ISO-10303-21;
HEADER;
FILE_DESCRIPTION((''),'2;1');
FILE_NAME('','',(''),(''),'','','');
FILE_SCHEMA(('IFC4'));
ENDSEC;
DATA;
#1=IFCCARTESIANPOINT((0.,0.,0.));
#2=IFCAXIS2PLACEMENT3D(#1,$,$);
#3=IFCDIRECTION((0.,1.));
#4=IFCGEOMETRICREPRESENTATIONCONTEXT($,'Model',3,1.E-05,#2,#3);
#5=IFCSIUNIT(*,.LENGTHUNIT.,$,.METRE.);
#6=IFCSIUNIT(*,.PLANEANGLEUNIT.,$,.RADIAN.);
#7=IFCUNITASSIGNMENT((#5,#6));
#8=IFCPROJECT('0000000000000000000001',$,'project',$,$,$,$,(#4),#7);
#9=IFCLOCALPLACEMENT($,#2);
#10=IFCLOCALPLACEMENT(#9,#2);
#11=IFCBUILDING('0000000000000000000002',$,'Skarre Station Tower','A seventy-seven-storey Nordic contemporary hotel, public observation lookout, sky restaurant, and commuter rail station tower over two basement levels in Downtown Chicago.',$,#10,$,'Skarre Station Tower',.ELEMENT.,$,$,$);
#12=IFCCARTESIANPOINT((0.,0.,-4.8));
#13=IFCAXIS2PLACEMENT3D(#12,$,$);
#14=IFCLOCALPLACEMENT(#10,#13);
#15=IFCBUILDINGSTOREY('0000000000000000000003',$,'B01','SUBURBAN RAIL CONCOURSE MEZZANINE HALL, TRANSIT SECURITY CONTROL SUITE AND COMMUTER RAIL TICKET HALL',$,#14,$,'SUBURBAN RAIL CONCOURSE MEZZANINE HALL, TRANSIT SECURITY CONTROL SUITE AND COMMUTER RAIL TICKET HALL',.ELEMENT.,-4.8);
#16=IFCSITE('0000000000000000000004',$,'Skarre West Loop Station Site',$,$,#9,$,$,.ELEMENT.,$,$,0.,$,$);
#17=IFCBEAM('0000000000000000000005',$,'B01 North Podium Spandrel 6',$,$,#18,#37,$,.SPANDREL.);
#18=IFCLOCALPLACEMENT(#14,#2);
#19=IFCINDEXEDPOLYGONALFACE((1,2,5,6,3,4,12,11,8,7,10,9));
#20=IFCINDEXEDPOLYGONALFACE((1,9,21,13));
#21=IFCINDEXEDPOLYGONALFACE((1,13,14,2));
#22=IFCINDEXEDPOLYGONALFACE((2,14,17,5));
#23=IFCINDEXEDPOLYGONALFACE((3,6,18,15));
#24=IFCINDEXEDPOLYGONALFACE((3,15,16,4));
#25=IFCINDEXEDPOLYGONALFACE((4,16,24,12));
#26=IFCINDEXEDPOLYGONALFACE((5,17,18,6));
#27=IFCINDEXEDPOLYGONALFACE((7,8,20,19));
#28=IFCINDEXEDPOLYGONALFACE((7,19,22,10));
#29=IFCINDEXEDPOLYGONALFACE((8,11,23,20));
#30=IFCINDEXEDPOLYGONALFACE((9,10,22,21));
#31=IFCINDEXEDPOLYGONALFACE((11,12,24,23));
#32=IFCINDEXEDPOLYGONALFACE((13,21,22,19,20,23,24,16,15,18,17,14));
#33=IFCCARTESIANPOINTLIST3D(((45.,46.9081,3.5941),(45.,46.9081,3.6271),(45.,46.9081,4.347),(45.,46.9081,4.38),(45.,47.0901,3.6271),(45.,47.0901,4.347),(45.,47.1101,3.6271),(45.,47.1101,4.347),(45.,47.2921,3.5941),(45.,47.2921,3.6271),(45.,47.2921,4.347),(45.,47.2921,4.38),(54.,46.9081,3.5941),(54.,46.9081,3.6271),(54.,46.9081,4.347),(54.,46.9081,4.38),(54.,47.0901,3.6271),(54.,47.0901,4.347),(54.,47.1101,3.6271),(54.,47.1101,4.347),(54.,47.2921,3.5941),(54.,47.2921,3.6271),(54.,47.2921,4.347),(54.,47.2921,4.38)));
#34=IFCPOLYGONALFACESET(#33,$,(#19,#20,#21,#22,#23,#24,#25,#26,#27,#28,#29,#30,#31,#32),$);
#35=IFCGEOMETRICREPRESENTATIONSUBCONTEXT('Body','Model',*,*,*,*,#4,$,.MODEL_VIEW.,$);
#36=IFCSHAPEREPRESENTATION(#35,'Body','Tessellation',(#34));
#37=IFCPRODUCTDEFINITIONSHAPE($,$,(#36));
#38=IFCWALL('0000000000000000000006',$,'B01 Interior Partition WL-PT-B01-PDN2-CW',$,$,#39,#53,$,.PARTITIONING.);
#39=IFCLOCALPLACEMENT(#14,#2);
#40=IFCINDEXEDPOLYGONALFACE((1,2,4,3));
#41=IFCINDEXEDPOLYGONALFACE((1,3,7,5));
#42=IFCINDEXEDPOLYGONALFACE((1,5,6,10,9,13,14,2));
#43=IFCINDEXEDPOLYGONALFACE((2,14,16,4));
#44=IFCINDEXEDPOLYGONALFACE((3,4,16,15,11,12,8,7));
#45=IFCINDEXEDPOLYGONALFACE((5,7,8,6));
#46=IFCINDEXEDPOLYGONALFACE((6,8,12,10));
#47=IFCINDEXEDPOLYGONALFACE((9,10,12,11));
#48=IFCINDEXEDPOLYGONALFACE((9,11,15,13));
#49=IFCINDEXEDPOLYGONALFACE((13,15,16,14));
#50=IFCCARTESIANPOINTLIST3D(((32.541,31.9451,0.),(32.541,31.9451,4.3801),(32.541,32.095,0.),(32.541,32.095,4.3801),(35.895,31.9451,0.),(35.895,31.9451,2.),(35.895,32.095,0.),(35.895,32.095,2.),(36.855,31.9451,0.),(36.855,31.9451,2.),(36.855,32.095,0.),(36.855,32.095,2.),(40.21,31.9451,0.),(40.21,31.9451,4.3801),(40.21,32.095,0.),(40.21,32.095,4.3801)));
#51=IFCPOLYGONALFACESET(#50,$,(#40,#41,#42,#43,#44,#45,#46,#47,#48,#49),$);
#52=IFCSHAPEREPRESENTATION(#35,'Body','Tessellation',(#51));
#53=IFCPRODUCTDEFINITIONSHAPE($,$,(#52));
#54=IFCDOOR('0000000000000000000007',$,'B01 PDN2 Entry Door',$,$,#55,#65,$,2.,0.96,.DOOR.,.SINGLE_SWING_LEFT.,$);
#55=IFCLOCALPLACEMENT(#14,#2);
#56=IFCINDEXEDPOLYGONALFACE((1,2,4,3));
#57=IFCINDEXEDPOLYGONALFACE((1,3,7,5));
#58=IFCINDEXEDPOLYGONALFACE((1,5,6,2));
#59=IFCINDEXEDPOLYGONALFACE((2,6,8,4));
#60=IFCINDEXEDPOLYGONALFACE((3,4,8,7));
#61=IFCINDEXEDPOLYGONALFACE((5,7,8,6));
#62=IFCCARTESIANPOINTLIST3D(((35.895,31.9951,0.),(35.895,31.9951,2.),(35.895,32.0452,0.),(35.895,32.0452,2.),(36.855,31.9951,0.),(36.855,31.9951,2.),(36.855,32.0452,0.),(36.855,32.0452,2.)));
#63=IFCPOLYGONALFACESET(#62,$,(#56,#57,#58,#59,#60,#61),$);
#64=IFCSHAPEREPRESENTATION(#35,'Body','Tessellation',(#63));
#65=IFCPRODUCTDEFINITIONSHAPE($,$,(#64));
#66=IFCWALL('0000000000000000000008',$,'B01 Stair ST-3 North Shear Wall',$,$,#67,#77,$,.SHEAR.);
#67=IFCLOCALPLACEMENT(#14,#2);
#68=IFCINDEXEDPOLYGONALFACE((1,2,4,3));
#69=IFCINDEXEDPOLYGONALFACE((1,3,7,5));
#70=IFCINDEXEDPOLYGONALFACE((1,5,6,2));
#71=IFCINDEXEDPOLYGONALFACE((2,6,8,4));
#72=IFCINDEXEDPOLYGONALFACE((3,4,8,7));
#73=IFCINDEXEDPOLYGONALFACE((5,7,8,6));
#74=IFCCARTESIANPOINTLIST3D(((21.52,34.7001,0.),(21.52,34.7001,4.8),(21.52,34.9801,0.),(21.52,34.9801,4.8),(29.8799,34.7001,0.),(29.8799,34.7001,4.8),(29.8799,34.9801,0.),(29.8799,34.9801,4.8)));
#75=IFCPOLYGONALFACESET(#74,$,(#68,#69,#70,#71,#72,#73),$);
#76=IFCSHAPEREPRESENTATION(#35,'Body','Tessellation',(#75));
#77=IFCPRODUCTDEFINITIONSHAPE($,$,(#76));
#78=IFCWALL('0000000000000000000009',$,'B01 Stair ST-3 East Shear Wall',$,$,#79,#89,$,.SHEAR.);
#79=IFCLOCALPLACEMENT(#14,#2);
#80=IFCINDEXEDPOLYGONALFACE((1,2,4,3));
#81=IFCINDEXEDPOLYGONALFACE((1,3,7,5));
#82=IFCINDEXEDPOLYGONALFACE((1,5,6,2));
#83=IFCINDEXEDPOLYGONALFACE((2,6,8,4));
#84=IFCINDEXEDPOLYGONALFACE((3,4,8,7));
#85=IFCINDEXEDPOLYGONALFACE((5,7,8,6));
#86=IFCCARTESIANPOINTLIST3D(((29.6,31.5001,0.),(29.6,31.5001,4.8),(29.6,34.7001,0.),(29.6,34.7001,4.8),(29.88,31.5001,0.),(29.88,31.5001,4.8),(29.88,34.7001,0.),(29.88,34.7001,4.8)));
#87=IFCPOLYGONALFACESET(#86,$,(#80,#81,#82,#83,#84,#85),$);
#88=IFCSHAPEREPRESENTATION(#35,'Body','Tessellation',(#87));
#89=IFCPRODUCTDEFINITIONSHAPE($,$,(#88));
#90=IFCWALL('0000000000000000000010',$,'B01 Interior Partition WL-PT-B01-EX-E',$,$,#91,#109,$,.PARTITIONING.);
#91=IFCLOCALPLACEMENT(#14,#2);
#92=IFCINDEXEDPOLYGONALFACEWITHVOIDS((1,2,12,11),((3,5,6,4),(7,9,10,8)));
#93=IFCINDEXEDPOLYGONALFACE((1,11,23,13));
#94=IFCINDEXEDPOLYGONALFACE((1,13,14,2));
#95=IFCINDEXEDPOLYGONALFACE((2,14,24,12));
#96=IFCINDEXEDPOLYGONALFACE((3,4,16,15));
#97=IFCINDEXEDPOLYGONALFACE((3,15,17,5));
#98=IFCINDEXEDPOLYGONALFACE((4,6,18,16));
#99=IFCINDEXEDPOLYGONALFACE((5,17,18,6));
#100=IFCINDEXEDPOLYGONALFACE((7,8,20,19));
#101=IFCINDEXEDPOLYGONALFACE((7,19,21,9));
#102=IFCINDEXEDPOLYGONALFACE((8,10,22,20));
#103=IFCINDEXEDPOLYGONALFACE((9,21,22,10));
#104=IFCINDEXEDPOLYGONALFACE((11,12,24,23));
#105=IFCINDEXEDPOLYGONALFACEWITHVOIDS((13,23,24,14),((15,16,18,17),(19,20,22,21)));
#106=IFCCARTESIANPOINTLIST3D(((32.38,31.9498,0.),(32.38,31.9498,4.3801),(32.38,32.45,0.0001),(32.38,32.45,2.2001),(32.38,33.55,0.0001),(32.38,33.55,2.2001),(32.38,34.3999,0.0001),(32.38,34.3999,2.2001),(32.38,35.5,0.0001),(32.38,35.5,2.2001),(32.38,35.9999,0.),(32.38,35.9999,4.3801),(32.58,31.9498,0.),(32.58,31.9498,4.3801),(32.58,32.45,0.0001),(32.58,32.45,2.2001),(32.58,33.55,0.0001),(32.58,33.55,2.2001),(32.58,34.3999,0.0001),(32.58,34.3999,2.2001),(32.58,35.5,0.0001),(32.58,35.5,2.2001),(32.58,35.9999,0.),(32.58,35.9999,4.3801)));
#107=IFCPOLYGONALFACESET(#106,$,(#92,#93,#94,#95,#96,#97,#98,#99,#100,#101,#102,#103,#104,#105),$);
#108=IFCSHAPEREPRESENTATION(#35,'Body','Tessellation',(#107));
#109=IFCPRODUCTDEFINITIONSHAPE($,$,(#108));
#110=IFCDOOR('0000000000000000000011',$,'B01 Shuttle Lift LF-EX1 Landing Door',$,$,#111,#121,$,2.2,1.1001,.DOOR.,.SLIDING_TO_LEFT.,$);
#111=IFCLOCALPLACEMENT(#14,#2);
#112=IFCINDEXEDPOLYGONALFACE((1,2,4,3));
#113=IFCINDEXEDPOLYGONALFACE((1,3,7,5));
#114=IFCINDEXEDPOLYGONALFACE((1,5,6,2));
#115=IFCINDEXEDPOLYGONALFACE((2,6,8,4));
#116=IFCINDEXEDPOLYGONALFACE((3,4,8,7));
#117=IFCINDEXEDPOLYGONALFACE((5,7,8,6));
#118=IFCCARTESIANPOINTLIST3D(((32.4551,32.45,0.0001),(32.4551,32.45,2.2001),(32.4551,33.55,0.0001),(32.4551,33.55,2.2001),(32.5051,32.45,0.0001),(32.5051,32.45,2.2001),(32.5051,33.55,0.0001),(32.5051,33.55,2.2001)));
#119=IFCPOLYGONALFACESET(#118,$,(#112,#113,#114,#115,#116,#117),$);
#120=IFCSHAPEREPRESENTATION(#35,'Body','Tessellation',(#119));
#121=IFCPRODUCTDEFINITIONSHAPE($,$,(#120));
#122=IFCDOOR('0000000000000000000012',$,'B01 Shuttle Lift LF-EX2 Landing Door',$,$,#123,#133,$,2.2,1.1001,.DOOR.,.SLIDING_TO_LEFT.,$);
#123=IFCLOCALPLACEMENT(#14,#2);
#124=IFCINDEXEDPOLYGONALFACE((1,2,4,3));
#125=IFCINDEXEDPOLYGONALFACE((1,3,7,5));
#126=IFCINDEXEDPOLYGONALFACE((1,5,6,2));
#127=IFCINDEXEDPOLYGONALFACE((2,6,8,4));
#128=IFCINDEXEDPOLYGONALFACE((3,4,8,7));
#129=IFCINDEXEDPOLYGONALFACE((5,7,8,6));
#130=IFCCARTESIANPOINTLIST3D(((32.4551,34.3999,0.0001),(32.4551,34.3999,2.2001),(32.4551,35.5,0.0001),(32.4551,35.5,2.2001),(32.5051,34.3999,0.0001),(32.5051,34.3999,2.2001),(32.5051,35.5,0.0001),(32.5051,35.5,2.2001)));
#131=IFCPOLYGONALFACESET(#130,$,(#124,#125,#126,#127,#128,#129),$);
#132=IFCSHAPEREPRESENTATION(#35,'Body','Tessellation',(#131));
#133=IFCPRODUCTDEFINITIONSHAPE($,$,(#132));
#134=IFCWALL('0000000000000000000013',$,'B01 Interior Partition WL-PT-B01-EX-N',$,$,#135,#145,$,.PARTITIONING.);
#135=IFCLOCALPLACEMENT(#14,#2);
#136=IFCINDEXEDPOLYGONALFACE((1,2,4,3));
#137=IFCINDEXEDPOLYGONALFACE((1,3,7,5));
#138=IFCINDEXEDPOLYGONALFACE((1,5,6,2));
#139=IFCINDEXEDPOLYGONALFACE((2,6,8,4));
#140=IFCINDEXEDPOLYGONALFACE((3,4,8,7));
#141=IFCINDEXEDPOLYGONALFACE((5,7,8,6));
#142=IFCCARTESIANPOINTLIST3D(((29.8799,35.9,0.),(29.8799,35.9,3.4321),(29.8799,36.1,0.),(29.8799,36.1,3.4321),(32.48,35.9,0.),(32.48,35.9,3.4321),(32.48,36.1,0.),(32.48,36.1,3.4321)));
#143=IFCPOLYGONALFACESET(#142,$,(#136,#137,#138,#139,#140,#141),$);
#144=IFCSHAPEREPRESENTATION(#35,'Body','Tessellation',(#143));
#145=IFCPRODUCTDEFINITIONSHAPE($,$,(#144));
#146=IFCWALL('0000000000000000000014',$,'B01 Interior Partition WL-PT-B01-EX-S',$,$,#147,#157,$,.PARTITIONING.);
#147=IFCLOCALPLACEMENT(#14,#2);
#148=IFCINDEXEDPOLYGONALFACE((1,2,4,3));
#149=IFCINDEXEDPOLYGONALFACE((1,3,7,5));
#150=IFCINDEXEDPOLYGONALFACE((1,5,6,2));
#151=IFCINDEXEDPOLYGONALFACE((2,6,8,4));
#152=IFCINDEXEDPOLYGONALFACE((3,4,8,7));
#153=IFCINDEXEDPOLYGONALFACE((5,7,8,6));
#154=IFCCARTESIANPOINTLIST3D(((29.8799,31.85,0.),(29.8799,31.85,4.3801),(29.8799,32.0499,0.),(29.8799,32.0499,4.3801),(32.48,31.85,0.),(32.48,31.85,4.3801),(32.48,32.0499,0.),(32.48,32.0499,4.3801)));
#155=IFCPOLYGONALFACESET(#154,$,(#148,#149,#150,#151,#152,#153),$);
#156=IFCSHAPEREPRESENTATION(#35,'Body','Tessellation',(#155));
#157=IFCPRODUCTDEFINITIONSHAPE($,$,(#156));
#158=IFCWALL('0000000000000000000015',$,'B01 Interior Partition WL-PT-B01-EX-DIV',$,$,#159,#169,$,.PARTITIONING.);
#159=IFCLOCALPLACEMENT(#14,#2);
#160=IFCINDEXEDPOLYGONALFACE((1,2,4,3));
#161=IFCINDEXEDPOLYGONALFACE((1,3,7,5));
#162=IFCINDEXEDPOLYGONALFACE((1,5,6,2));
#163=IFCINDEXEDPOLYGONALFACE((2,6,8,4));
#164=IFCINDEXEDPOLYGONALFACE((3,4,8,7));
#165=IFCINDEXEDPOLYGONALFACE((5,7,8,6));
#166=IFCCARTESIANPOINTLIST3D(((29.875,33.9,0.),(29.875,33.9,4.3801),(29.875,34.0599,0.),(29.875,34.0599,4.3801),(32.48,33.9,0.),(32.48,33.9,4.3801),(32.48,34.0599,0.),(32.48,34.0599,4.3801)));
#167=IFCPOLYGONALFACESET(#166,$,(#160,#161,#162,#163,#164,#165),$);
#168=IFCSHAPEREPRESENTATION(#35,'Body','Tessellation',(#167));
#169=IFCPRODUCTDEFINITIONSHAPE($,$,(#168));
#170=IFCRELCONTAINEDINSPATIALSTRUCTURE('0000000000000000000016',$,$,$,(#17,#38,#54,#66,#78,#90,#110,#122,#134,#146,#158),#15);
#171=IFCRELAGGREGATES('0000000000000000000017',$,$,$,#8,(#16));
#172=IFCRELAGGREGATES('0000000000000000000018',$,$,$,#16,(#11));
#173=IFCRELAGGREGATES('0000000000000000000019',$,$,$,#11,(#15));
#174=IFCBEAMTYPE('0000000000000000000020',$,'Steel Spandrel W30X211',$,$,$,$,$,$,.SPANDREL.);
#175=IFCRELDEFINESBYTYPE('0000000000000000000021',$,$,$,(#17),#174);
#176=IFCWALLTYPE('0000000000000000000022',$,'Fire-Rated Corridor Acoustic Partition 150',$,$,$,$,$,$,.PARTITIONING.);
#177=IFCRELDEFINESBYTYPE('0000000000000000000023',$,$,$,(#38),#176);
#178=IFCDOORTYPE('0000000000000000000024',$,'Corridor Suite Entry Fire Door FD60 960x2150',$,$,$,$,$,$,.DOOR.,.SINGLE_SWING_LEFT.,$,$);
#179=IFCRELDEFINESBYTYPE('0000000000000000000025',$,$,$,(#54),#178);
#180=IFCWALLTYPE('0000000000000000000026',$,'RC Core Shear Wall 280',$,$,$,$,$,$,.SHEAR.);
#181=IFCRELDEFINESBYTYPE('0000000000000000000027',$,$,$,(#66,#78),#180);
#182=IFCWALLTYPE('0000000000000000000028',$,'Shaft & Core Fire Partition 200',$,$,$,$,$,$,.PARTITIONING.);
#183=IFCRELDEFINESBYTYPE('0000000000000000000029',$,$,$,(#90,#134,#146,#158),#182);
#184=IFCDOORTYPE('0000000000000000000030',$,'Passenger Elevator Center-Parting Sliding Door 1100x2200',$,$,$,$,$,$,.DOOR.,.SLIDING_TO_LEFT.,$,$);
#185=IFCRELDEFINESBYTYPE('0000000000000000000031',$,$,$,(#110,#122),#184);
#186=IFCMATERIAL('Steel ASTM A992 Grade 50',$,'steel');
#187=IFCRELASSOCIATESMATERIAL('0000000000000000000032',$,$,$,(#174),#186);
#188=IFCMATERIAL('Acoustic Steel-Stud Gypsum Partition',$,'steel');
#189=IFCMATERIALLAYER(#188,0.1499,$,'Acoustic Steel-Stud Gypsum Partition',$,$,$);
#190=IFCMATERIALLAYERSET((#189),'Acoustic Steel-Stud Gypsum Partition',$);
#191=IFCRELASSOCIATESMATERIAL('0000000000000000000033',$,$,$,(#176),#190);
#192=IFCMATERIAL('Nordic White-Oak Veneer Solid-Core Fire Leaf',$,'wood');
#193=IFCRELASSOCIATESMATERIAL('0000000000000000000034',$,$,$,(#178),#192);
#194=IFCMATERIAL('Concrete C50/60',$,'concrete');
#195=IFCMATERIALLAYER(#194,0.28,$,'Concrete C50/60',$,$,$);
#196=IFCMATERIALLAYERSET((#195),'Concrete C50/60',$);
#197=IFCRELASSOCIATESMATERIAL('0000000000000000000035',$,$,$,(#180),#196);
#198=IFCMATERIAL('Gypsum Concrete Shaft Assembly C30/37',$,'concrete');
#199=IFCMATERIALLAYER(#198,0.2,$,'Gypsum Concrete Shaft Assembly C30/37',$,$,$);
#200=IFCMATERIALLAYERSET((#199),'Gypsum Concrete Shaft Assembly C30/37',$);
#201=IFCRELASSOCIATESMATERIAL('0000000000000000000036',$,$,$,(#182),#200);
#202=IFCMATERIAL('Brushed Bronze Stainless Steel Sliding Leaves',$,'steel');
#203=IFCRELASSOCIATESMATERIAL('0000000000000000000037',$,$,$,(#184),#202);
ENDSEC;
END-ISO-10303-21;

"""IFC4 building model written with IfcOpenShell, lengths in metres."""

from ifc_helpers import new_model, si_unit, direction, frame, frame_2d, origin, origin_2d, place, context, subcontext, project, spatial, rectangle, i_section, extrude, material, layer, layer_set, material_profile, profile_set, type_object, element, fill, save


model = new_model("IFC4")

# Units and contexts
model_context = context("Model", 3, precision=1e-05, world=origin(), true_north=direction((0.0, 1.0)))
body_context = subcontext(model_context, "Body", "Model", "MODEL_VIEW")
ifc_project = project(units=[si_unit("LENGTHUNIT", "METRE"), si_unit("PLANEANGLEUNIT", "RADIAN")], contexts=[model_context])

# Site, building, storey
site_placement = place(None, origin())
site = spatial("IfcSite", under=ifc_project, at=site_placement, Name="Skarre West Loop Station Site", CompositionType="ELEMENT", RefElevation=0.0)
building_placement = place(site_placement, origin())
building = spatial("IfcBuilding", under=site, at=building_placement, Name="Skarre Station Tower", Description="A seventy-seven-storey Nordic contemporary hotel, public observation lookout, sky restaurant, and commuter rail station tower over two basement levels in Downtown Chicago.", LongName="Skarre Station Tower", CompositionType="ELEMENT")
storey_placement = place(building_placement, frame((0.0, 0.0, -4.8)))
storey = spatial("IfcBuildingStorey", under=building, at=storey_placement, Name="B01", Description="SUBURBAN RAIL CONCOURSE MEZZANINE HALL, TRANSIT SECURITY CONTROL SUITE AND COMMUTER RAIL TICKET HALL", LongName="SUBURBAN RAIL CONCOURSE MEZZANINE HALL, TRANSIT SECURITY CONTROL SUITE AND COMMUTER RAIL TICKET HALL", CompositionType="ELEMENT", Elevation=-4.8)

# Beam
ifc_material_1 = material(Name="Steel ASTM A992 Grade 50", Category="steel")
ifc_material_profile_1 = material_profile(ifc_material_1, i_section(OverallWidth=0.384, OverallDepth=0.7859, WebThickness=0.02, FlangeThickness=0.033, at=origin_2d()), Name="Steel ASTM A992 Grade 50")
ifc_profile_set_1 = profile_set([ifc_material_profile_1], Name="Steel ASTM A992 Grade 50")
beam_type_1 = type_object("IfcBeamType", Name="Steel Spandrel W30X211", PredefinedType="SPANDREL", material=ifc_profile_set_1)
for number, where, z_axis, x_axis, name in (
    (1, (45.0, 47.1001, 3.9871), (1.0, 0.0, 0.0), (0.0, 1.0, 0.0), "B01 North Podium Spandrel 6"),
):
    element("IfcBeam", number, at=place(storey_placement, frame(where, z_axis=z_axis, x_axis=x_axis)), inside=storey, type_object=beam_type_1, Name=name, PredefinedType="SPANDREL", context=body_context, shape_type="SweptSolid", body=[
        extrude(i_section(OverallWidth=0.384, OverallDepth=0.7859, WebThickness=0.02, FlangeThickness=0.033, at=origin_2d()), origin(), (0.0, 0.0, 1.0), 9.0),
    ])

# Wall, opening, door
ifc_material_2 = material(Name="Acoustic Steel-Stud Gypsum Partition", Category="steel")
ifc_layer_1 = layer(ifc_material_2, 0.1499, Name="Acoustic Steel-Stud Gypsum Partition")
ifc_layer_set_1 = layer_set([ifc_layer_1], Name="Acoustic Steel-Stud Gypsum Partition")
wall_type_1 = type_object("IfcWallType", Name="Fire-Rated Corridor Acoustic Partition 150", PredefinedType="PARTITIONING", material=ifc_layer_set_1)
wall_1_placement = place(storey_placement, frame((40.21, 32.02, 0.0), z_axis=(0.0, 0.0, 1.0), x_axis=(-1.0, 0.0, 0.0)))
wall_1 = element("IfcWall", 2, at=wall_1_placement, inside=storey, type_object=wall_type_1, Name="B01 Interior Partition WL-PT-B01-PDN2-CW", PredefinedType="PARTITIONING", context=body_context, shape_type="SweptSolid", body=[
    extrude(rectangle(XDim=7.6689, YDim=0.1499, at=frame_2d((3.8345, 0.0))), origin(), (0.0, 0.0, 1.0), 4.3801),
])
opening_1_placement = place(wall_1_placement, frame((3.355, 0.0, 0.0)))
opening_1 = element("IfcOpeningElement", 3, at=opening_1_placement, cuts=wall_1, PredefinedType="OPENING", context=body_context, shape_type="SweptSolid", body=[
    extrude(rectangle(XDim=0.96, YDim=2.0, at=frame_2d((0.48, 1.0))), frame((0.0, 0.085, 0.0), z_axis=(0.0, -1.0, 0.0), x_axis=(1.0, 0.0, 0.0)), (0.0, 0.0, 1.0), 0.1699),
])
ifc_material_3 = material(Name="Nordic White-Oak Veneer Solid-Core Fire Leaf", Category="wood")
door_type_1 = type_object("IfcDoorType", Name="Corridor Suite Entry Fire Door FD60 960x2150", OperationType="SINGLE_SWING_LEFT", PredefinedType="DOOR", material=ifc_material_3)
door_1_placement = place(opening_1_placement, origin())
door_1 = element("IfcDoor", 4, at=door_1_placement, inside=storey, type_object=door_type_1, Name="B01 PDN2 Entry Door", OperationType="SINGLE_SWING_LEFT", OverallHeight=2.0, OverallWidth=0.96, PredefinedType="DOOR", context=body_context, shape_type="SweptSolid", body=[
    extrude(rectangle(XDim=0.96, YDim=2.0, at=frame_2d((0.48, 1.0))), frame((0.0, 0.0249, 0.0), z_axis=(0.0, -1.0, 0.0), x_axis=(1.0, 0.0, 0.0)), (0.0, 0.0, 1.0), 0.05),
])
fill(opening_1, door_1)

# Walls
ifc_material_4 = material(Name="Concrete C50/60", Category="concrete")
ifc_layer_2 = layer(ifc_material_4, 0.28, Name="Concrete C50/60")
ifc_layer_set_2 = layer_set([ifc_layer_2], Name="Concrete C50/60")
wall_type_2 = type_object("IfcWallType", Name="RC Core Shear Wall 280", PredefinedType="SHEAR", material=ifc_layer_set_2)
wall_2_placement = place(storey_placement, frame((29.8799, 34.8401, 0.0), z_axis=(0.0, 0.0, 1.0), x_axis=(-1.0, 0.0, 0.0)))
element("IfcWall", 5, at=wall_2_placement, inside=storey, type_object=wall_type_2, Name="B01 Stair ST-3 North Shear Wall", PredefinedType="SHEAR", context=body_context, shape_type="SweptSolid", body=[
    extrude(rectangle(XDim=8.3599, YDim=0.28, at=frame_2d((4.1799, 0.0))), origin(), (0.0, 0.0, 1.0), 4.8),
])
wall_3_placement = place(storey_placement, frame((29.74, 31.5, 0.0), z_axis=(0.0, 0.0, 1.0), x_axis=(0.0, 1.0, 0.0)))
element("IfcWall", 6, at=wall_3_placement, inside=storey, type_object=wall_type_2, Name="B01 Stair ST-3 East Shear Wall", PredefinedType="SHEAR", context=body_context, shape_type="SweptSolid", body=[
    extrude(rectangle(XDim=3.2, YDim=0.28, at=frame_2d((1.6001, 0.0))), origin(), (0.0, 0.0, 1.0), 4.8),
])

# Wall, openings, doors
ifc_material_5 = material(Name="Gypsum Concrete Shaft Assembly C30/37", Category="concrete")
ifc_layer_3 = layer(ifc_material_5, 0.2, Name="Gypsum Concrete Shaft Assembly C30/37")
ifc_layer_set_3 = layer_set([ifc_layer_3], Name="Gypsum Concrete Shaft Assembly C30/37")
wall_type_3 = type_object("IfcWallType", Name="Shaft & Core Fire Partition 200", PredefinedType="PARTITIONING", material=ifc_layer_set_3)
wall_4_placement = place(storey_placement, frame((32.48, 31.95, 0.0), z_axis=(0.0, 0.0, 1.0), x_axis=(0.0, 1.0, 0.0)))
wall_4 = element("IfcWall", 7, at=wall_4_placement, inside=storey, type_object=wall_type_3, Name="B01 Interior Partition WL-PT-B01-EX-E", PredefinedType="PARTITIONING", context=body_context, shape_type="SweptSolid", body=[
    extrude(rectangle(XDim=4.05, YDim=0.2, at=frame_2d((2.0249, 0.0))), origin(), (0.0, 0.0, 1.0), 4.3801),
])
opening_2_placement = place(wall_4_placement, frame((0.5, 0.0, 0.0)))
opening_2 = element("IfcOpeningElement", 8, at=opening_2_placement, cuts=wall_4, PredefinedType="OPENING", context=body_context, shape_type="SweptSolid", body=[
    extrude(rectangle(XDim=1.1001, YDim=2.2, at=frame_2d((0.55, 1.1001))), frame((0.0, 0.1099, 0.0), z_axis=(0.0, -1.0, 0.0), x_axis=(1.0, 0.0, 0.0)), (0.0, 0.0, 1.0), 0.22),
])
opening_3_placement = place(wall_4_placement, frame((2.45, 0.0, 0.0)))
opening_3 = element("IfcOpeningElement", 9, at=opening_3_placement, cuts=wall_4, PredefinedType="OPENING", context=body_context, shape_type="SweptSolid", body=[
    extrude(rectangle(XDim=1.1001, YDim=2.2, at=frame_2d((0.55, 1.1001))), frame((0.0, 0.1099, 0.0), z_axis=(0.0, -1.0, 0.0), x_axis=(1.0, 0.0, 0.0)), (0.0, 0.0, 1.0), 0.22),
])
ifc_material_6 = material(Name="Brushed Bronze Stainless Steel Sliding Leaves", Category="steel")
door_type_2 = type_object("IfcDoorType", Name="Passenger Elevator Center-Parting Sliding Door 1100x2200", OperationType="SLIDING_TO_LEFT", PredefinedType="DOOR", material=ifc_material_6)
door_2_placement = place(opening_2_placement, origin())
door_2 = element("IfcDoor", 10, at=door_2_placement, inside=storey, type_object=door_type_2, Name="B01 Shuttle Lift LF-EX1 Landing Door", OperationType="SLIDING_TO_LEFT", OverallHeight=2.2, OverallWidth=1.1001, PredefinedType="DOOR", context=body_context, shape_type="SweptSolid", body=[
    extrude(rectangle(XDim=1.1001, YDim=2.2, at=frame_2d((0.55, 1.1001))), frame((0.0, 0.0249, 0.0), z_axis=(0.0, -1.0, 0.0), x_axis=(1.0, 0.0, 0.0)), (0.0, 0.0, 1.0), 0.05),
])
fill(opening_2, door_2)
door_3_placement = place(opening_3_placement, origin())
door_3 = element("IfcDoor", 11, at=door_3_placement, inside=storey, type_object=door_type_2, Name="B01 Shuttle Lift LF-EX2 Landing Door", OperationType="SLIDING_TO_LEFT", OverallHeight=2.2, OverallWidth=1.1001, PredefinedType="DOOR", context=body_context, shape_type="SweptSolid", body=[
    extrude(rectangle(XDim=1.1001, YDim=2.2, at=frame_2d((0.55, 1.1001))), frame((0.0, 0.0249, 0.0), z_axis=(0.0, -1.0, 0.0), x_axis=(1.0, 0.0, 0.0)), (0.0, 0.0, 1.0), 0.05),
])
fill(opening_3, door_3)

# Walls
wall_5_placement = place(storey_placement, frame((29.8799, 36.0, 0.0), z_axis=(0.0, 0.0, 1.0), x_axis=(1.0, 0.0, 0.0)))
element("IfcWall", 12, at=wall_5_placement, inside=storey, type_object=wall_type_3, Name="B01 Interior Partition WL-PT-B01-EX-N", PredefinedType="PARTITIONING", context=body_context, shape_type="SweptSolid", body=[
    extrude(rectangle(XDim=2.6001, YDim=0.2, at=frame_2d((1.3, 0.0))), origin(), (0.0, 0.0, 1.0), 3.4321),
])
wall_6_placement = place(storey_placement, frame((32.48, 31.95, 0.0), z_axis=(0.0, 0.0, 1.0), x_axis=(-1.0, 0.0, 0.0)))
element("IfcWall", 13, at=wall_6_placement, inside=storey, type_object=wall_type_3, Name="B01 Interior Partition WL-PT-B01-EX-S", PredefinedType="PARTITIONING", context=body_context, shape_type="SweptSolid", body=[
    extrude(rectangle(XDim=2.6001, YDim=0.2, at=frame_2d((1.3, 0.0))), origin(), (0.0, 0.0, 1.0), 4.3801),
])
wall_7_placement = place(storey_placement, frame((29.875, 33.98, 0.0), z_axis=(0.0, 0.0, 1.0), x_axis=(1.0, 0.0, 0.0)))
element("IfcWall", 14, at=wall_7_placement, inside=storey, type_object=wall_type_3, Name="B01 Interior Partition WL-PT-B01-EX-DIV", PredefinedType="PARTITIONING", context=body_context, shape_type="SweptSolid", body=[
    extrude(rectangle(XDim=2.605, YDim=0.1599, at=frame_2d((1.3025, 0.0))), origin(), (0.0, 0.0, 1.0), 4.3801),
])

save(model, "model.ifc")
